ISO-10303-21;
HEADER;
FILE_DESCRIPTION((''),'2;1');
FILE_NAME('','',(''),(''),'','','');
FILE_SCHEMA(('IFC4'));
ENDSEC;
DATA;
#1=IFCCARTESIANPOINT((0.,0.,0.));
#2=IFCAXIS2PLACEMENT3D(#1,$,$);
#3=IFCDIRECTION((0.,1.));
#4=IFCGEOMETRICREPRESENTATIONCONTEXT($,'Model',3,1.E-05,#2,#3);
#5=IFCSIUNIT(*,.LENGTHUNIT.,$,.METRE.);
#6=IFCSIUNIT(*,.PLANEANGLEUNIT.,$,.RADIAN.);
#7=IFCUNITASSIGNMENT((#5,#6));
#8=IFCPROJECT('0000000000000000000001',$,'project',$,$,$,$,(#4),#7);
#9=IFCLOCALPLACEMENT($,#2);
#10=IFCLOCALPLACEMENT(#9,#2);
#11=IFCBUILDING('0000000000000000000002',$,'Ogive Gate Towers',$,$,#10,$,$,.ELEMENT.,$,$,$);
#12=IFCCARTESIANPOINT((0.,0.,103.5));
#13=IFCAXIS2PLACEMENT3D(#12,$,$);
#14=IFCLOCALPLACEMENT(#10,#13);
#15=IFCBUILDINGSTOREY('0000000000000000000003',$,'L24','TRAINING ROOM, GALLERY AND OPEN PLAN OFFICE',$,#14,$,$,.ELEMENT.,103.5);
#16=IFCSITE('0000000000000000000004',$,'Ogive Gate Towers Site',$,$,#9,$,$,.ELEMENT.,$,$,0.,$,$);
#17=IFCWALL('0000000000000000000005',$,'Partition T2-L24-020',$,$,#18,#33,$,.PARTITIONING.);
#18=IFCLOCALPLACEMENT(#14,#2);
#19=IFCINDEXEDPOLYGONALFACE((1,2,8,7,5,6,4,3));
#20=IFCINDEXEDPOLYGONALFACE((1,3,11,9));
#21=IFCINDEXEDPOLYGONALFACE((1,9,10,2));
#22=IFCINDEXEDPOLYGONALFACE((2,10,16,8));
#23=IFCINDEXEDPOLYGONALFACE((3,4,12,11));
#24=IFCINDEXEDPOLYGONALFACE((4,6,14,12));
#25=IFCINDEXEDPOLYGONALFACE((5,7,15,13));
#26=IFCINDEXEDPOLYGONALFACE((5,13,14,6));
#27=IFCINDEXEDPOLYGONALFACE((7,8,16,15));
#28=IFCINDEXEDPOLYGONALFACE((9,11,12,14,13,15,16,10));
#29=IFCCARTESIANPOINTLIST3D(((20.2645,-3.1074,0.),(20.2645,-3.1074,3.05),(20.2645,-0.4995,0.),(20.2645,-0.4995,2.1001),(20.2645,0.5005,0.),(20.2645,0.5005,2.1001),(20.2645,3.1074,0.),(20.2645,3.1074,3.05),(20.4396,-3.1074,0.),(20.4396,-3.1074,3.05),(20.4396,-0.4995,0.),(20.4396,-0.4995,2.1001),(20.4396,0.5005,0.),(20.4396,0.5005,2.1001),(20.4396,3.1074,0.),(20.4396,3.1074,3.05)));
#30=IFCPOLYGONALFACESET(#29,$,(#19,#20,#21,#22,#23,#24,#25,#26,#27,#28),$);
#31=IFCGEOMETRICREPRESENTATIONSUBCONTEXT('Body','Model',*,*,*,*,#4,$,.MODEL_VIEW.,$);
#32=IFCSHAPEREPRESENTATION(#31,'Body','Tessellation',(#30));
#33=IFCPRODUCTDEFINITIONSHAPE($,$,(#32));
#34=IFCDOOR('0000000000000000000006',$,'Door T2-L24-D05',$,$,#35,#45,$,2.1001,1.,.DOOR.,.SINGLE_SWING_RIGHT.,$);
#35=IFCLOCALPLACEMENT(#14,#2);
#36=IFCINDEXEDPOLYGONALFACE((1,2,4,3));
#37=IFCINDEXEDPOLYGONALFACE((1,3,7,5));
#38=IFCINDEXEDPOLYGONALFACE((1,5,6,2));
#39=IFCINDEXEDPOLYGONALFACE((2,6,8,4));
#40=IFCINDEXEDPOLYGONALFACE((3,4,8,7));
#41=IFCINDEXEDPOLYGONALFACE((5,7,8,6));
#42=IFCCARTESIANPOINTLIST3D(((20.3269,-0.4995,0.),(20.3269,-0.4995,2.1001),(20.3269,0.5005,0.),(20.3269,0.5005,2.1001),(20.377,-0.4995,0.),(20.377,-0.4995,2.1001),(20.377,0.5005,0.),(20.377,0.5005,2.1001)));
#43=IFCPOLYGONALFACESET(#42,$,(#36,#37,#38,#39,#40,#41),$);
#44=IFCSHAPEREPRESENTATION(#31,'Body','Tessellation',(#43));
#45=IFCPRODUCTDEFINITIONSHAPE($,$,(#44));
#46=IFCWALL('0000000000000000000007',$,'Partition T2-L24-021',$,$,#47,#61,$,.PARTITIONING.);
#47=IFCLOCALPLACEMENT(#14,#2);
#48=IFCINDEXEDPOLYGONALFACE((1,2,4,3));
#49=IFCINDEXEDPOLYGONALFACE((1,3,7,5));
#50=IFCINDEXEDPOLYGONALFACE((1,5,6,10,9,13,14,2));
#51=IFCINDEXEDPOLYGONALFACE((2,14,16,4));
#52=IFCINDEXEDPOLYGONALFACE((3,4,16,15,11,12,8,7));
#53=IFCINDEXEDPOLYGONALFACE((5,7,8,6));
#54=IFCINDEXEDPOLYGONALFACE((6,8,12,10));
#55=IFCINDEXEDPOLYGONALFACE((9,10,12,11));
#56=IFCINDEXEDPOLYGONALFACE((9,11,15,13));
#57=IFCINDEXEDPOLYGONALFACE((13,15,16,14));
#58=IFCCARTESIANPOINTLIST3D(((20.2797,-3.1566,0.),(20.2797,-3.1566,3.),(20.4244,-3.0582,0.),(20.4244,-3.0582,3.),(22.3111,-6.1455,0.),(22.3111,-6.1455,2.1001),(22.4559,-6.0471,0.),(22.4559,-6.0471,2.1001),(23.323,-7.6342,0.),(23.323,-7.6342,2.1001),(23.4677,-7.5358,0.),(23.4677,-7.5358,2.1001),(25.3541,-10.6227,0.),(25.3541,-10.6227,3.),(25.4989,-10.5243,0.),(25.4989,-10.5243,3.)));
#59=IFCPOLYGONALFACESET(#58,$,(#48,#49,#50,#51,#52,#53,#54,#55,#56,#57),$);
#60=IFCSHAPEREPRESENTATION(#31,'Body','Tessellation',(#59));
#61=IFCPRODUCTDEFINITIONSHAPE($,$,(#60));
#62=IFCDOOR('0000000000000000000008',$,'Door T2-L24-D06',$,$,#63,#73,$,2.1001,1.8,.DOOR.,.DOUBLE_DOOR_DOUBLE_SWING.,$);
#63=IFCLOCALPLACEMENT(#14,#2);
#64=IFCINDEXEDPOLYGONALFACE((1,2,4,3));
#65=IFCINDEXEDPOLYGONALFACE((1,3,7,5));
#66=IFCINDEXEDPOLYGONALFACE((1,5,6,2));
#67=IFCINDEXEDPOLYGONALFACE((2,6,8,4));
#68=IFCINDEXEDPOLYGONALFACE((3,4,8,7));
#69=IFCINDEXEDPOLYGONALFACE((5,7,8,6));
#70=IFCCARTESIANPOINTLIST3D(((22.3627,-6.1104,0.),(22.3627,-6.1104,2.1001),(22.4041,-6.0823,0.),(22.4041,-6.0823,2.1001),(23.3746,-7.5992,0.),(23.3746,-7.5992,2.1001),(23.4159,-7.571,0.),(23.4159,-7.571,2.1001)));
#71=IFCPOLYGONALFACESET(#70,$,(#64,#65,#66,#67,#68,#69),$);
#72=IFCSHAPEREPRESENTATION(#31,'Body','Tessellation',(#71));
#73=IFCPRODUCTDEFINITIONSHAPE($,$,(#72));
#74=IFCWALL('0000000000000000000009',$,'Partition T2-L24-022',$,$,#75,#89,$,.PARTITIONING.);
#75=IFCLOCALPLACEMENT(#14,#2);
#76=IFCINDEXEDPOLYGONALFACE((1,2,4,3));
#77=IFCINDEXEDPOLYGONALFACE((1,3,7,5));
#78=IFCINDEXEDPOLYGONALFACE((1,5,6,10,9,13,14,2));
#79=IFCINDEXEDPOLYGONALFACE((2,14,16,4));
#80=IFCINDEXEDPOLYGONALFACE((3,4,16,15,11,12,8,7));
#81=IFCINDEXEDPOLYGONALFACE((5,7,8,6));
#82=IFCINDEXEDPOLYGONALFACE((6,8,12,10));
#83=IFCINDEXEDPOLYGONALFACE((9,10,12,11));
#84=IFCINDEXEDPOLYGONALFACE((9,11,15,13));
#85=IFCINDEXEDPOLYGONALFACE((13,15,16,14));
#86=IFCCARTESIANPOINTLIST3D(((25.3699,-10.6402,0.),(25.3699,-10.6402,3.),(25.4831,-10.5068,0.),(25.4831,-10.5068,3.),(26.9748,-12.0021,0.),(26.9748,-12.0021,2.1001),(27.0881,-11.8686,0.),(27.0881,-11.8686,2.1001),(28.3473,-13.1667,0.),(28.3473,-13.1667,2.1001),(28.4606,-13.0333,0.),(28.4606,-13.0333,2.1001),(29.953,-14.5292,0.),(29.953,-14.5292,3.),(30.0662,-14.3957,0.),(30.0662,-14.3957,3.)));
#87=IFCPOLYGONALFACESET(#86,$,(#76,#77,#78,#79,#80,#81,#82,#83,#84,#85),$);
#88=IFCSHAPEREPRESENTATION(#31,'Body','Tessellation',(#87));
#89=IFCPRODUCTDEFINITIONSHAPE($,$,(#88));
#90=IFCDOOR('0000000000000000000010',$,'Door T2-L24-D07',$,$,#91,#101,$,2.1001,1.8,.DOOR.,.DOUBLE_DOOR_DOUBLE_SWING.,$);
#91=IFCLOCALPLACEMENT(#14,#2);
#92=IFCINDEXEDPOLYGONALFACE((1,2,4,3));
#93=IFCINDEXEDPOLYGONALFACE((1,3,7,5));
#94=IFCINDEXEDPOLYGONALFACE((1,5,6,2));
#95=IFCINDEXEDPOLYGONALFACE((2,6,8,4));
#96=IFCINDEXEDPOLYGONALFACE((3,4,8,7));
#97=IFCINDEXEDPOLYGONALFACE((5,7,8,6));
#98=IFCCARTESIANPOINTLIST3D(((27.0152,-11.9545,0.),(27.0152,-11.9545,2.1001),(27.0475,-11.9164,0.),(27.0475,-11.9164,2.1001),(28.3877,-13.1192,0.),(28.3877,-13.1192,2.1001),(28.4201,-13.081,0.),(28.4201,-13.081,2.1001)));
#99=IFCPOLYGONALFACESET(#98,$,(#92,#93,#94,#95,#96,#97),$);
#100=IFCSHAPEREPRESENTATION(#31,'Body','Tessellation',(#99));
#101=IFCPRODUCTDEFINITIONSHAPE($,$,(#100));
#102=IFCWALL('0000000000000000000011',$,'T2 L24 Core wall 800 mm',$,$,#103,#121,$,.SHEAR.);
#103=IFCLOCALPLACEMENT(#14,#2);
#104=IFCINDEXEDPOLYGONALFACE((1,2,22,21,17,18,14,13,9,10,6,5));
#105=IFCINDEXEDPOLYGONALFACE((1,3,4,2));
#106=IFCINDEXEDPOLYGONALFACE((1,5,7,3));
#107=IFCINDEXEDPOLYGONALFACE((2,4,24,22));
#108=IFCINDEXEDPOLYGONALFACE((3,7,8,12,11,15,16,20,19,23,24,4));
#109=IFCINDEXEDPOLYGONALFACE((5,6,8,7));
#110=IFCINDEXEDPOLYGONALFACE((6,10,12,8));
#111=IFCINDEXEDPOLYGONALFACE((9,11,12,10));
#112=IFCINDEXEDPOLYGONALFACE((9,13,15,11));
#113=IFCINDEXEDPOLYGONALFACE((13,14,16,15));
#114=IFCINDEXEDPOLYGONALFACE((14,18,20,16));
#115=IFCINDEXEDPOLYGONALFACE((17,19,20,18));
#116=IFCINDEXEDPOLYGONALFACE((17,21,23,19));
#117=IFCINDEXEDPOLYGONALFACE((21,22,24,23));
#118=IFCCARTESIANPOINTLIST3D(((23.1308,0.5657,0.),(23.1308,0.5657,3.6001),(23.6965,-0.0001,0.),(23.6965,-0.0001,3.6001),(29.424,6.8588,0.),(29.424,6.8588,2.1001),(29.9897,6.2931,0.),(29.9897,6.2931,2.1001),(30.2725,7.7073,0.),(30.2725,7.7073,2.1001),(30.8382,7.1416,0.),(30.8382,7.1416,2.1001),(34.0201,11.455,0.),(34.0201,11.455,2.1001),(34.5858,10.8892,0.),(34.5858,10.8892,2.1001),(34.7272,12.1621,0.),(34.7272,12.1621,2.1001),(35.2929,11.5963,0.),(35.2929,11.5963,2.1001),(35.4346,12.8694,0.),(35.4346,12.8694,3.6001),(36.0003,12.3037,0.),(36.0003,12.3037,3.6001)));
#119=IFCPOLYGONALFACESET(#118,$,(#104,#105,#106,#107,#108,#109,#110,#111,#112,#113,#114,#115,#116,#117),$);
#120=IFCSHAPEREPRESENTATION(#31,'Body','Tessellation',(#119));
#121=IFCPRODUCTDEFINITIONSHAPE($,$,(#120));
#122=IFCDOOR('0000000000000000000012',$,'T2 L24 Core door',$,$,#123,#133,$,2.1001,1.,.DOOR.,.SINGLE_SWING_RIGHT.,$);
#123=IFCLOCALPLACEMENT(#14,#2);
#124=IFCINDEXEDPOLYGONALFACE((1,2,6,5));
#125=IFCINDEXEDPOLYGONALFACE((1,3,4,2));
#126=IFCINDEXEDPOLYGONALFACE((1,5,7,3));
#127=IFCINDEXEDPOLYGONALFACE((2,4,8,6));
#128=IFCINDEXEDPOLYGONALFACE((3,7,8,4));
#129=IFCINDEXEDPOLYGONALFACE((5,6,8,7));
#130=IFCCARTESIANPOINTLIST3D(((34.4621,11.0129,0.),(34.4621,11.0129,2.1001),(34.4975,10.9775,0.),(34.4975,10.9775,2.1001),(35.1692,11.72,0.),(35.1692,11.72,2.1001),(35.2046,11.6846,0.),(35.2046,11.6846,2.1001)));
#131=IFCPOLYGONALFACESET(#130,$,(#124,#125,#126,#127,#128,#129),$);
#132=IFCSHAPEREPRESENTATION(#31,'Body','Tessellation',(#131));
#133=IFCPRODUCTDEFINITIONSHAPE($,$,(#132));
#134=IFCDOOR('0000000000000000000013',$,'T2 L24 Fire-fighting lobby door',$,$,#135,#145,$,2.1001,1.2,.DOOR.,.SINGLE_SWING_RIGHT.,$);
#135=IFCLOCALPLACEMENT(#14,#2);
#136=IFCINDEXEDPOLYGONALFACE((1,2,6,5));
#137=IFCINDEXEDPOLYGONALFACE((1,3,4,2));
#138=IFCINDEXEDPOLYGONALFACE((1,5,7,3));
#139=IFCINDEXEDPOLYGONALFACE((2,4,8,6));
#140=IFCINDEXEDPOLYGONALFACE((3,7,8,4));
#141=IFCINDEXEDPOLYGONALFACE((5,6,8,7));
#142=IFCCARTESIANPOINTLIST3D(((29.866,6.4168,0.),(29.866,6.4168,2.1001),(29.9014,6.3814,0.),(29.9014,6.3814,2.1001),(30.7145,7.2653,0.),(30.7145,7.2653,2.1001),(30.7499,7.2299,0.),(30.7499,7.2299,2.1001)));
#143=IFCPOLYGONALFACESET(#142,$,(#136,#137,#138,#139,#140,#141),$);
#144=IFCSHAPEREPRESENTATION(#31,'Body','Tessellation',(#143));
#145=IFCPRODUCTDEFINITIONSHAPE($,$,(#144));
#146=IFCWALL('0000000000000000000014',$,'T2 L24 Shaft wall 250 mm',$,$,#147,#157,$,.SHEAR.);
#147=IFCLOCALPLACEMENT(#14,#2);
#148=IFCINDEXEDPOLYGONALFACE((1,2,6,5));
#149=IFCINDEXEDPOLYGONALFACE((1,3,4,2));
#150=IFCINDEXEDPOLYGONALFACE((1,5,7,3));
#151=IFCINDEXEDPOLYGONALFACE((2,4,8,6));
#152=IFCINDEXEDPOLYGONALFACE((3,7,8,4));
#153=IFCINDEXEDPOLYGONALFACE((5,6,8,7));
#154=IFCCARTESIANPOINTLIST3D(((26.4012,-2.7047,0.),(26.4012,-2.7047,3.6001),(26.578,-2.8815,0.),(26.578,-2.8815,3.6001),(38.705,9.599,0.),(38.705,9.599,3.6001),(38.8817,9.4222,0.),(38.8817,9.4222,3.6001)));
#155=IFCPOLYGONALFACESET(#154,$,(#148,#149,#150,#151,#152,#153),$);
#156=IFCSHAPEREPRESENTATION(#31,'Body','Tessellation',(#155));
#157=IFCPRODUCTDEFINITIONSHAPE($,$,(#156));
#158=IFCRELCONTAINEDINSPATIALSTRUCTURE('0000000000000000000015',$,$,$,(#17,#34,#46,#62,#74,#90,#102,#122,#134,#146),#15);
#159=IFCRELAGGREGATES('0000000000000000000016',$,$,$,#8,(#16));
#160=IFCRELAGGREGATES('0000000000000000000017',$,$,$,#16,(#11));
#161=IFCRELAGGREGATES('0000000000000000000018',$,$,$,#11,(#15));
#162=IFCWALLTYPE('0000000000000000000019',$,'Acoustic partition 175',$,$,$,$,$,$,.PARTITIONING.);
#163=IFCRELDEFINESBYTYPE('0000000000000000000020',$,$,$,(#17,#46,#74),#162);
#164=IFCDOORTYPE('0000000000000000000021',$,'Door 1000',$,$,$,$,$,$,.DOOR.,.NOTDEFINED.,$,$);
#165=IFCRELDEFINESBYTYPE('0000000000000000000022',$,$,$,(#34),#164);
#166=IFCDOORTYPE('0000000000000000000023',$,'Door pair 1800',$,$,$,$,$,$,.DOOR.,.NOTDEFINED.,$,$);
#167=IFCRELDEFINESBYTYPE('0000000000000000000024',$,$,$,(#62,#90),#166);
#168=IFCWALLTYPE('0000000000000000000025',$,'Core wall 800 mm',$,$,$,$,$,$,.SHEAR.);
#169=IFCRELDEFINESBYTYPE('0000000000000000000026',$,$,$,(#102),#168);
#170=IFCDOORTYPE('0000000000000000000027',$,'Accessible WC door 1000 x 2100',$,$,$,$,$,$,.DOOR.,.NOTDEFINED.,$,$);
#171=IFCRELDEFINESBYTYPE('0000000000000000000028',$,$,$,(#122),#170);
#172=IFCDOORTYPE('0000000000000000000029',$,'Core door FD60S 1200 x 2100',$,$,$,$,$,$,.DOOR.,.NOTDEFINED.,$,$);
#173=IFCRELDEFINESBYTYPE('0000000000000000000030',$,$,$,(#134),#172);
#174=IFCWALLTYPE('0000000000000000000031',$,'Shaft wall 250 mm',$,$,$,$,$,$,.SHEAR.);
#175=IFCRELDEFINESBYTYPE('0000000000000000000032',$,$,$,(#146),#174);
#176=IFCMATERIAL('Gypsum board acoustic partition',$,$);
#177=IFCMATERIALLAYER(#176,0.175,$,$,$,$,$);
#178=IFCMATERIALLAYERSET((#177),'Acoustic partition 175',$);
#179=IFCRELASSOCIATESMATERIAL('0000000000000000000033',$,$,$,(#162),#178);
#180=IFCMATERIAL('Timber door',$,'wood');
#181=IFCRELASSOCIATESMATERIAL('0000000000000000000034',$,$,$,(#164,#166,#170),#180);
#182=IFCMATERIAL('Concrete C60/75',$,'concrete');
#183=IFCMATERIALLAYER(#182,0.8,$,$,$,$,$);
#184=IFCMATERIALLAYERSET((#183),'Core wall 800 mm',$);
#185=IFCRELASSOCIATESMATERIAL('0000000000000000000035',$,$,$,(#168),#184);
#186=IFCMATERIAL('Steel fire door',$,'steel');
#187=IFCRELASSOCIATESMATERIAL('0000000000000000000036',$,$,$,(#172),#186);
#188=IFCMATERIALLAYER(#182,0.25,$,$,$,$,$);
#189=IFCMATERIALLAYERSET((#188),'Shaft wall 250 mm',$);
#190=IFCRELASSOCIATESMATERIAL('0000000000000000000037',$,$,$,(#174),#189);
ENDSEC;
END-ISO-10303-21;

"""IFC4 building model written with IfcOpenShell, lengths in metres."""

from ifc_helpers import new_model, si_unit, direction, frame, frame_2d, origin, place, context, subcontext, project, spatial, rectangle, extrude, material, layer, layer_set, type_object, element, fill, save


model = new_model("IFC4")

# Units and contexts
model_context = context("Model", 3, precision=1e-05, world=origin(), true_north=direction((0.0, 1.0)))
body_context = subcontext(model_context, "Body", "Model", "MODEL_VIEW")
ifc_project = project(units=[si_unit("LENGTHUNIT", "METRE"), si_unit("PLANEANGLEUNIT", "RADIAN")], contexts=[model_context])

# Site, building, storey
site_placement = place(None, origin())
site = spatial("IfcSite", under=ifc_project, at=site_placement, Name="Ogive Gate Towers Site", CompositionType="ELEMENT", RefElevation=0.0)
building_placement = place(site_placement, origin())
building = spatial("IfcBuilding", under=site, at=building_placement, Name="Ogive Gate Towers", CompositionType="ELEMENT")
storey_placement = place(building_placement, frame((0.0, 0.0, 103.5)))
storey = spatial("IfcBuildingStorey", under=building, at=storey_placement, Name="L24", Description="TRAINING ROOM, GALLERY AND OPEN PLAN OFFICE", CompositionType="ELEMENT", Elevation=103.5)

# Shared definitions
ifc_material_1 = material(Name="Gypsum board acoustic partition")
ifc_layer_1 = layer(ifc_material_1, 0.175)
ifc_layer_set_1 = layer_set([ifc_layer_1], Name="Acoustic partition 175")
wall_type_1 = type_object("IfcWallType", Name="Acoustic partition 175", PredefinedType="PARTITIONING", material=ifc_layer_set_1)

# Walls, openings, doors
wall_1_placement = place(storey_placement, frame((20.3521, 3.1074, 0.0), z_axis=(0.0, 0.0, 1.0), x_axis=(0.0, -1.0, 0.0)))
wall_1 = element("IfcWall", 1, at=wall_1_placement, inside=storey, type_object=wall_type_1, Name="Partition T2-L24-020", PredefinedType="PARTITIONING", context=body_context, shape_type="SweptSolid", body=[
    extrude(rectangle(XDim=6.2148, YDim=0.175, at=frame_2d((3.1074, 0.0))), origin(), (0.0, 0.0, 1.0), 3.05),
])
opening_1_placement = place(wall_1_placement, frame((2.6069, 0.0, 0.0)))
opening_1 = element("IfcOpeningElement", 2, at=opening_1_placement, cuts=wall_1, PredefinedType="OPENING", context=body_context, shape_type="SweptSolid", body=[
    extrude(rectangle(XDim=1.0, YDim=2.1001, at=frame_2d((0.5, 1.05))), frame((0.0, 0.0977, 0.0), z_axis=(0.0, -1.0, 0.0), x_axis=(1.0, 0.0, 0.0)), (0.0, 0.0, 1.0), 0.1951),
])
ifc_material_2 = material(Name="Timber door", Category="wood")
door_type_1 = type_object("IfcDoorType", Name="Door 1000", OperationType="NOTDEFINED", PredefinedType="DOOR", material=ifc_material_2)
door_1_placement = place(opening_1_placement, origin())
door_1 = element("IfcDoor", 3, at=door_1_placement, inside=storey, type_object=door_type_1, Name="Door T2-L24-D05", OperationType="SINGLE_SWING_RIGHT", OverallHeight=2.1001, OverallWidth=1.0, PredefinedType="DOOR", context=body_context, shape_type="SweptSolid", body=[
    extrude(rectangle(XDim=1.0, YDim=2.1001, at=frame_2d((0.5, 1.05))), frame((0.0, 0.0249, 0.0), z_axis=(0.0, -1.0, 0.0), x_axis=(1.0, 0.0, 0.0)), (0.0, 0.0, 1.0), 0.05),
])
fill(opening_1, door_1)
wall_2_placement = place(storey_placement, frame((20.3521, -3.1074, 0.0), z_axis=(0.0, 0.0, 1.0), x_axis=(0.562124, -0.827053, 0.0)))
wall_2 = element("IfcWall", 4, at=wall_2_placement, inside=storey, type_object=wall_type_1, Name="Partition T2-L24-021", PredefinedType="PARTITIONING", context=body_context, shape_type="SweptSolid", body=[
    extrude(rectangle(XDim=9.0273, YDim=0.175, at=frame_2d((4.5137, 0.0))), origin(), (0.0, 0.0, 1.0), 3.0),
])
opening_2_placement = place(wall_2_placement, frame((3.614, 0.0, 0.0)))
opening_2 = element("IfcOpeningElement", 5, at=opening_2_placement, cuts=wall_2, PredefinedType="OPENING", context=body_context, shape_type="SweptSolid", body=[
    extrude(rectangle(XDim=1.8, YDim=2.1001, at=frame_2d((0.8999, 1.05))), frame((0.0, 0.0977, 0.0), z_axis=(0.0, -1.0, 0.0), x_axis=(1.0, 0.0, 0.0)), (0.0, 0.0, 1.0), 0.1951),
])
door_type_2 = type_object("IfcDoorType", Name="Door pair 1800", OperationType="NOTDEFINED", PredefinedType="DOOR", material=ifc_material_2)
door_2_placement = place(opening_2_placement, origin())
door_2 = element("IfcDoor", 6, at=door_2_placement, inside=storey, type_object=door_type_2, Name="Door T2-L24-D06", OperationType="DOUBLE_DOOR_DOUBLE_SWING", OverallHeight=2.1001, OverallWidth=1.8, PredefinedType="DOOR", context=body_context, shape_type="SweptSolid", body=[
    extrude(rectangle(XDim=1.8, YDim=2.1001, at=frame_2d((0.8999, 1.05))), frame((0.0, 0.0249, 0.0), z_axis=(0.0, -1.0, 0.0), x_axis=(1.0, 0.0, 0.0)), (0.0, 0.0, 1.0), 0.05),
])
fill(opening_2, door_2)
wall_3_placement = place(storey_placement, frame((25.4265, -10.5735, 0.0), z_axis=(0.0, 0.0, 1.0), x_axis=(0.762484, -0.647007, 0.0)))
wall_3 = element("IfcWall", 7, at=wall_3_placement, inside=storey, type_object=wall_type_1, Name="Partition T2-L24-022", PredefinedType="PARTITIONING", context=body_context, shape_type="SweptSolid", body=[
    extrude(rectangle(XDim=6.0107, YDim=0.175, at=frame_2d((3.0054, 0.0))), origin(), (0.0, 0.0, 1.0), 3.0),
])
opening_3_placement = place(wall_3_placement, frame((2.105, 0.0, 0.0)))
opening_3 = element("IfcOpeningElement", 8, at=opening_3_placement, cuts=wall_3, PredefinedType="OPENING", context=body_context, shape_type="SweptSolid", body=[
    extrude(rectangle(XDim=1.8, YDim=2.1001, at=frame_2d((0.8999, 1.05))), frame((0.0, 0.0977, 0.0), z_axis=(0.0, -1.0, 0.0), x_axis=(1.0, 0.0, 0.0)), (0.0, 0.0, 1.0), 0.1951),
])
door_3_placement = place(opening_3_placement, origin())
door_3 = element("IfcDoor", 9, at=door_3_placement, inside=storey, type_object=door_type_2, Name="Door T2-L24-D07", OperationType="DOUBLE_DOOR_DOUBLE_SWING", OverallHeight=2.1001, OverallWidth=1.8, PredefinedType="DOOR", context=body_context, shape_type="SweptSolid", body=[
    extrude(rectangle(XDim=1.8, YDim=2.1001, at=frame_2d((0.8999, 1.05))), frame((0.0, 0.0249, 0.0), z_axis=(0.0, -1.0, 0.0), x_axis=(1.0, 0.0, 0.0)), (0.0, 0.0, 1.0), 0.05),
])
fill(opening_3, door_3)

# Wall, openings, doors
ifc_material_3 = material(Name="Concrete C60/75", Category="concrete")
ifc_layer_2 = layer(ifc_material_3, 0.8)
ifc_layer_set_2 = layer_set([ifc_layer_2], Name="Core wall 800 mm")
wall_type_2 = type_object("IfcWallType", Name="Core wall 800 mm", PredefinedType="SHEAR", material=ifc_layer_set_2)
wall_4_placement = place(storey_placement, frame((23.4136, 0.2827, 0.0), z_axis=(0.0, 0.0, 1.0), x_axis=(0.707107, 0.707107, 0.0)))
wall_4 = element("IfcWall", 10, at=wall_4_placement, inside=storey, type_object=wall_type_2, Name="T2 L24 Core wall 800 mm", PredefinedType="SHEAR", context=body_context, shape_type="SweptSolid", body=[
    extrude(rectangle(XDim=17.4001, YDim=0.8, at=frame_2d((8.7002, 0.0))), origin(), (0.0, 0.0, 1.0), 3.6001),
])
opening_4_placement = place(wall_4_placement, frame((8.8999, 0.0, 0.0)))
opening_4 = element("IfcOpeningElement", 11, at=opening_4_placement, cuts=wall_4, PredefinedType="OPENING", context=body_context, shape_type="SweptSolid", body=[
    extrude(rectangle(XDim=1.2, YDim=2.1001, at=frame_2d((0.6001, 1.05))), frame((0.0, 0.4102, 0.0), z_axis=(0.0, -1.0, 0.0), x_axis=(1.0, 0.0, 0.0)), (0.0, 0.0, 1.0), 0.8201),
])
opening_5_placement = place(wall_4_placement, frame((15.3999, 0.0, 0.0)))
opening_5 = element("IfcOpeningElement", 12, at=opening_5_placement, cuts=wall_4, PredefinedType="OPENING", context=body_context, shape_type="SweptSolid", body=[
    extrude(rectangle(XDim=1.0, YDim=2.1001, at=frame_2d((0.5, 1.05))), frame((0.0, 0.4102, 0.0), z_axis=(0.0, -1.0, 0.0), x_axis=(1.0, 0.0, 0.0)), (0.0, 0.0, 1.0), 0.8201),
])
door_type_3 = type_object("IfcDoorType", Name="Accessible WC door 1000 x 2100", OperationType="NOTDEFINED", PredefinedType="DOOR", material=ifc_material_2)
door_4_placement = place(opening_5_placement, origin())
door_4 = element("IfcDoor", 13, at=door_4_placement, inside=storey, type_object=door_type_3, Name="T2 L24 Core door", OperationType="SINGLE_SWING_RIGHT", OverallHeight=2.1001, OverallWidth=1.0, PredefinedType="DOOR", context=body_context, shape_type="SweptSolid", body=[
    extrude(rectangle(XDim=1.0, YDim=2.1001, at=frame_2d((0.5, 1.05))), frame((0.0, -0.2251, 0.0), z_axis=(0.0, -1.0, 0.0), x_axis=(1.0, 0.0, 0.0)), (0.0, 0.0, 1.0), 0.05),
])
fill(opening_5, door_4)
ifc_material_4 = material(Name="Steel fire door", Category="steel")
door_type_4 = type_object("IfcDoorType", Name="Core door FD60S 1200 x 2100", OperationType="NOTDEFINED", PredefinedType="DOOR", material=ifc_material_4)
door_5_placement = place(opening_4_placement, origin())
door_5 = element("IfcDoor", 14, at=door_5_placement, inside=storey, type_object=door_type_4, Name="T2 L24 Fire-fighting lobby door", OperationType="SINGLE_SWING_RIGHT", OverallHeight=2.1001, OverallWidth=1.2, PredefinedType="DOOR", context=body_context, shape_type="SweptSolid", body=[
    extrude(rectangle(XDim=1.2, YDim=2.1001, at=frame_2d((0.6001, 1.05))), frame((0.0, -0.2251, 0.0), z_axis=(0.0, -1.0, 0.0), x_axis=(1.0, 0.0, 0.0)), (0.0, 0.0, 1.0), 0.05),
])
fill(opening_4, door_5)

# Wall
ifc_layer_3 = layer(ifc_material_3, 0.25)
ifc_layer_set_3 = layer_set([ifc_layer_3], Name="Shaft wall 250 mm")
wall_type_3 = type_object("IfcWallType", Name="Shaft wall 250 mm", PredefinedType="SHEAR", material=ifc_layer_set_3)
wall_5_placement = place(storey_placement, frame((26.4895, -2.7932, 0.0), z_axis=(0.0, 0.0, 1.0), x_axis=(0.707107, 0.707107, 0.0)))
element("IfcWall", 15, at=wall_5_placement, inside=storey, type_object=wall_type_3, Name="T2 L24 Shaft wall 250 mm", PredefinedType="SHEAR", context=body_context, shape_type="SweptSolid", body=[
    extrude(rectangle(XDim=17.4001, YDim=0.25, at=frame_2d((8.7002, 0.0))), origin(), (0.0, 0.0, 1.0), 3.6001),
])

save(model, "model.ifc")
